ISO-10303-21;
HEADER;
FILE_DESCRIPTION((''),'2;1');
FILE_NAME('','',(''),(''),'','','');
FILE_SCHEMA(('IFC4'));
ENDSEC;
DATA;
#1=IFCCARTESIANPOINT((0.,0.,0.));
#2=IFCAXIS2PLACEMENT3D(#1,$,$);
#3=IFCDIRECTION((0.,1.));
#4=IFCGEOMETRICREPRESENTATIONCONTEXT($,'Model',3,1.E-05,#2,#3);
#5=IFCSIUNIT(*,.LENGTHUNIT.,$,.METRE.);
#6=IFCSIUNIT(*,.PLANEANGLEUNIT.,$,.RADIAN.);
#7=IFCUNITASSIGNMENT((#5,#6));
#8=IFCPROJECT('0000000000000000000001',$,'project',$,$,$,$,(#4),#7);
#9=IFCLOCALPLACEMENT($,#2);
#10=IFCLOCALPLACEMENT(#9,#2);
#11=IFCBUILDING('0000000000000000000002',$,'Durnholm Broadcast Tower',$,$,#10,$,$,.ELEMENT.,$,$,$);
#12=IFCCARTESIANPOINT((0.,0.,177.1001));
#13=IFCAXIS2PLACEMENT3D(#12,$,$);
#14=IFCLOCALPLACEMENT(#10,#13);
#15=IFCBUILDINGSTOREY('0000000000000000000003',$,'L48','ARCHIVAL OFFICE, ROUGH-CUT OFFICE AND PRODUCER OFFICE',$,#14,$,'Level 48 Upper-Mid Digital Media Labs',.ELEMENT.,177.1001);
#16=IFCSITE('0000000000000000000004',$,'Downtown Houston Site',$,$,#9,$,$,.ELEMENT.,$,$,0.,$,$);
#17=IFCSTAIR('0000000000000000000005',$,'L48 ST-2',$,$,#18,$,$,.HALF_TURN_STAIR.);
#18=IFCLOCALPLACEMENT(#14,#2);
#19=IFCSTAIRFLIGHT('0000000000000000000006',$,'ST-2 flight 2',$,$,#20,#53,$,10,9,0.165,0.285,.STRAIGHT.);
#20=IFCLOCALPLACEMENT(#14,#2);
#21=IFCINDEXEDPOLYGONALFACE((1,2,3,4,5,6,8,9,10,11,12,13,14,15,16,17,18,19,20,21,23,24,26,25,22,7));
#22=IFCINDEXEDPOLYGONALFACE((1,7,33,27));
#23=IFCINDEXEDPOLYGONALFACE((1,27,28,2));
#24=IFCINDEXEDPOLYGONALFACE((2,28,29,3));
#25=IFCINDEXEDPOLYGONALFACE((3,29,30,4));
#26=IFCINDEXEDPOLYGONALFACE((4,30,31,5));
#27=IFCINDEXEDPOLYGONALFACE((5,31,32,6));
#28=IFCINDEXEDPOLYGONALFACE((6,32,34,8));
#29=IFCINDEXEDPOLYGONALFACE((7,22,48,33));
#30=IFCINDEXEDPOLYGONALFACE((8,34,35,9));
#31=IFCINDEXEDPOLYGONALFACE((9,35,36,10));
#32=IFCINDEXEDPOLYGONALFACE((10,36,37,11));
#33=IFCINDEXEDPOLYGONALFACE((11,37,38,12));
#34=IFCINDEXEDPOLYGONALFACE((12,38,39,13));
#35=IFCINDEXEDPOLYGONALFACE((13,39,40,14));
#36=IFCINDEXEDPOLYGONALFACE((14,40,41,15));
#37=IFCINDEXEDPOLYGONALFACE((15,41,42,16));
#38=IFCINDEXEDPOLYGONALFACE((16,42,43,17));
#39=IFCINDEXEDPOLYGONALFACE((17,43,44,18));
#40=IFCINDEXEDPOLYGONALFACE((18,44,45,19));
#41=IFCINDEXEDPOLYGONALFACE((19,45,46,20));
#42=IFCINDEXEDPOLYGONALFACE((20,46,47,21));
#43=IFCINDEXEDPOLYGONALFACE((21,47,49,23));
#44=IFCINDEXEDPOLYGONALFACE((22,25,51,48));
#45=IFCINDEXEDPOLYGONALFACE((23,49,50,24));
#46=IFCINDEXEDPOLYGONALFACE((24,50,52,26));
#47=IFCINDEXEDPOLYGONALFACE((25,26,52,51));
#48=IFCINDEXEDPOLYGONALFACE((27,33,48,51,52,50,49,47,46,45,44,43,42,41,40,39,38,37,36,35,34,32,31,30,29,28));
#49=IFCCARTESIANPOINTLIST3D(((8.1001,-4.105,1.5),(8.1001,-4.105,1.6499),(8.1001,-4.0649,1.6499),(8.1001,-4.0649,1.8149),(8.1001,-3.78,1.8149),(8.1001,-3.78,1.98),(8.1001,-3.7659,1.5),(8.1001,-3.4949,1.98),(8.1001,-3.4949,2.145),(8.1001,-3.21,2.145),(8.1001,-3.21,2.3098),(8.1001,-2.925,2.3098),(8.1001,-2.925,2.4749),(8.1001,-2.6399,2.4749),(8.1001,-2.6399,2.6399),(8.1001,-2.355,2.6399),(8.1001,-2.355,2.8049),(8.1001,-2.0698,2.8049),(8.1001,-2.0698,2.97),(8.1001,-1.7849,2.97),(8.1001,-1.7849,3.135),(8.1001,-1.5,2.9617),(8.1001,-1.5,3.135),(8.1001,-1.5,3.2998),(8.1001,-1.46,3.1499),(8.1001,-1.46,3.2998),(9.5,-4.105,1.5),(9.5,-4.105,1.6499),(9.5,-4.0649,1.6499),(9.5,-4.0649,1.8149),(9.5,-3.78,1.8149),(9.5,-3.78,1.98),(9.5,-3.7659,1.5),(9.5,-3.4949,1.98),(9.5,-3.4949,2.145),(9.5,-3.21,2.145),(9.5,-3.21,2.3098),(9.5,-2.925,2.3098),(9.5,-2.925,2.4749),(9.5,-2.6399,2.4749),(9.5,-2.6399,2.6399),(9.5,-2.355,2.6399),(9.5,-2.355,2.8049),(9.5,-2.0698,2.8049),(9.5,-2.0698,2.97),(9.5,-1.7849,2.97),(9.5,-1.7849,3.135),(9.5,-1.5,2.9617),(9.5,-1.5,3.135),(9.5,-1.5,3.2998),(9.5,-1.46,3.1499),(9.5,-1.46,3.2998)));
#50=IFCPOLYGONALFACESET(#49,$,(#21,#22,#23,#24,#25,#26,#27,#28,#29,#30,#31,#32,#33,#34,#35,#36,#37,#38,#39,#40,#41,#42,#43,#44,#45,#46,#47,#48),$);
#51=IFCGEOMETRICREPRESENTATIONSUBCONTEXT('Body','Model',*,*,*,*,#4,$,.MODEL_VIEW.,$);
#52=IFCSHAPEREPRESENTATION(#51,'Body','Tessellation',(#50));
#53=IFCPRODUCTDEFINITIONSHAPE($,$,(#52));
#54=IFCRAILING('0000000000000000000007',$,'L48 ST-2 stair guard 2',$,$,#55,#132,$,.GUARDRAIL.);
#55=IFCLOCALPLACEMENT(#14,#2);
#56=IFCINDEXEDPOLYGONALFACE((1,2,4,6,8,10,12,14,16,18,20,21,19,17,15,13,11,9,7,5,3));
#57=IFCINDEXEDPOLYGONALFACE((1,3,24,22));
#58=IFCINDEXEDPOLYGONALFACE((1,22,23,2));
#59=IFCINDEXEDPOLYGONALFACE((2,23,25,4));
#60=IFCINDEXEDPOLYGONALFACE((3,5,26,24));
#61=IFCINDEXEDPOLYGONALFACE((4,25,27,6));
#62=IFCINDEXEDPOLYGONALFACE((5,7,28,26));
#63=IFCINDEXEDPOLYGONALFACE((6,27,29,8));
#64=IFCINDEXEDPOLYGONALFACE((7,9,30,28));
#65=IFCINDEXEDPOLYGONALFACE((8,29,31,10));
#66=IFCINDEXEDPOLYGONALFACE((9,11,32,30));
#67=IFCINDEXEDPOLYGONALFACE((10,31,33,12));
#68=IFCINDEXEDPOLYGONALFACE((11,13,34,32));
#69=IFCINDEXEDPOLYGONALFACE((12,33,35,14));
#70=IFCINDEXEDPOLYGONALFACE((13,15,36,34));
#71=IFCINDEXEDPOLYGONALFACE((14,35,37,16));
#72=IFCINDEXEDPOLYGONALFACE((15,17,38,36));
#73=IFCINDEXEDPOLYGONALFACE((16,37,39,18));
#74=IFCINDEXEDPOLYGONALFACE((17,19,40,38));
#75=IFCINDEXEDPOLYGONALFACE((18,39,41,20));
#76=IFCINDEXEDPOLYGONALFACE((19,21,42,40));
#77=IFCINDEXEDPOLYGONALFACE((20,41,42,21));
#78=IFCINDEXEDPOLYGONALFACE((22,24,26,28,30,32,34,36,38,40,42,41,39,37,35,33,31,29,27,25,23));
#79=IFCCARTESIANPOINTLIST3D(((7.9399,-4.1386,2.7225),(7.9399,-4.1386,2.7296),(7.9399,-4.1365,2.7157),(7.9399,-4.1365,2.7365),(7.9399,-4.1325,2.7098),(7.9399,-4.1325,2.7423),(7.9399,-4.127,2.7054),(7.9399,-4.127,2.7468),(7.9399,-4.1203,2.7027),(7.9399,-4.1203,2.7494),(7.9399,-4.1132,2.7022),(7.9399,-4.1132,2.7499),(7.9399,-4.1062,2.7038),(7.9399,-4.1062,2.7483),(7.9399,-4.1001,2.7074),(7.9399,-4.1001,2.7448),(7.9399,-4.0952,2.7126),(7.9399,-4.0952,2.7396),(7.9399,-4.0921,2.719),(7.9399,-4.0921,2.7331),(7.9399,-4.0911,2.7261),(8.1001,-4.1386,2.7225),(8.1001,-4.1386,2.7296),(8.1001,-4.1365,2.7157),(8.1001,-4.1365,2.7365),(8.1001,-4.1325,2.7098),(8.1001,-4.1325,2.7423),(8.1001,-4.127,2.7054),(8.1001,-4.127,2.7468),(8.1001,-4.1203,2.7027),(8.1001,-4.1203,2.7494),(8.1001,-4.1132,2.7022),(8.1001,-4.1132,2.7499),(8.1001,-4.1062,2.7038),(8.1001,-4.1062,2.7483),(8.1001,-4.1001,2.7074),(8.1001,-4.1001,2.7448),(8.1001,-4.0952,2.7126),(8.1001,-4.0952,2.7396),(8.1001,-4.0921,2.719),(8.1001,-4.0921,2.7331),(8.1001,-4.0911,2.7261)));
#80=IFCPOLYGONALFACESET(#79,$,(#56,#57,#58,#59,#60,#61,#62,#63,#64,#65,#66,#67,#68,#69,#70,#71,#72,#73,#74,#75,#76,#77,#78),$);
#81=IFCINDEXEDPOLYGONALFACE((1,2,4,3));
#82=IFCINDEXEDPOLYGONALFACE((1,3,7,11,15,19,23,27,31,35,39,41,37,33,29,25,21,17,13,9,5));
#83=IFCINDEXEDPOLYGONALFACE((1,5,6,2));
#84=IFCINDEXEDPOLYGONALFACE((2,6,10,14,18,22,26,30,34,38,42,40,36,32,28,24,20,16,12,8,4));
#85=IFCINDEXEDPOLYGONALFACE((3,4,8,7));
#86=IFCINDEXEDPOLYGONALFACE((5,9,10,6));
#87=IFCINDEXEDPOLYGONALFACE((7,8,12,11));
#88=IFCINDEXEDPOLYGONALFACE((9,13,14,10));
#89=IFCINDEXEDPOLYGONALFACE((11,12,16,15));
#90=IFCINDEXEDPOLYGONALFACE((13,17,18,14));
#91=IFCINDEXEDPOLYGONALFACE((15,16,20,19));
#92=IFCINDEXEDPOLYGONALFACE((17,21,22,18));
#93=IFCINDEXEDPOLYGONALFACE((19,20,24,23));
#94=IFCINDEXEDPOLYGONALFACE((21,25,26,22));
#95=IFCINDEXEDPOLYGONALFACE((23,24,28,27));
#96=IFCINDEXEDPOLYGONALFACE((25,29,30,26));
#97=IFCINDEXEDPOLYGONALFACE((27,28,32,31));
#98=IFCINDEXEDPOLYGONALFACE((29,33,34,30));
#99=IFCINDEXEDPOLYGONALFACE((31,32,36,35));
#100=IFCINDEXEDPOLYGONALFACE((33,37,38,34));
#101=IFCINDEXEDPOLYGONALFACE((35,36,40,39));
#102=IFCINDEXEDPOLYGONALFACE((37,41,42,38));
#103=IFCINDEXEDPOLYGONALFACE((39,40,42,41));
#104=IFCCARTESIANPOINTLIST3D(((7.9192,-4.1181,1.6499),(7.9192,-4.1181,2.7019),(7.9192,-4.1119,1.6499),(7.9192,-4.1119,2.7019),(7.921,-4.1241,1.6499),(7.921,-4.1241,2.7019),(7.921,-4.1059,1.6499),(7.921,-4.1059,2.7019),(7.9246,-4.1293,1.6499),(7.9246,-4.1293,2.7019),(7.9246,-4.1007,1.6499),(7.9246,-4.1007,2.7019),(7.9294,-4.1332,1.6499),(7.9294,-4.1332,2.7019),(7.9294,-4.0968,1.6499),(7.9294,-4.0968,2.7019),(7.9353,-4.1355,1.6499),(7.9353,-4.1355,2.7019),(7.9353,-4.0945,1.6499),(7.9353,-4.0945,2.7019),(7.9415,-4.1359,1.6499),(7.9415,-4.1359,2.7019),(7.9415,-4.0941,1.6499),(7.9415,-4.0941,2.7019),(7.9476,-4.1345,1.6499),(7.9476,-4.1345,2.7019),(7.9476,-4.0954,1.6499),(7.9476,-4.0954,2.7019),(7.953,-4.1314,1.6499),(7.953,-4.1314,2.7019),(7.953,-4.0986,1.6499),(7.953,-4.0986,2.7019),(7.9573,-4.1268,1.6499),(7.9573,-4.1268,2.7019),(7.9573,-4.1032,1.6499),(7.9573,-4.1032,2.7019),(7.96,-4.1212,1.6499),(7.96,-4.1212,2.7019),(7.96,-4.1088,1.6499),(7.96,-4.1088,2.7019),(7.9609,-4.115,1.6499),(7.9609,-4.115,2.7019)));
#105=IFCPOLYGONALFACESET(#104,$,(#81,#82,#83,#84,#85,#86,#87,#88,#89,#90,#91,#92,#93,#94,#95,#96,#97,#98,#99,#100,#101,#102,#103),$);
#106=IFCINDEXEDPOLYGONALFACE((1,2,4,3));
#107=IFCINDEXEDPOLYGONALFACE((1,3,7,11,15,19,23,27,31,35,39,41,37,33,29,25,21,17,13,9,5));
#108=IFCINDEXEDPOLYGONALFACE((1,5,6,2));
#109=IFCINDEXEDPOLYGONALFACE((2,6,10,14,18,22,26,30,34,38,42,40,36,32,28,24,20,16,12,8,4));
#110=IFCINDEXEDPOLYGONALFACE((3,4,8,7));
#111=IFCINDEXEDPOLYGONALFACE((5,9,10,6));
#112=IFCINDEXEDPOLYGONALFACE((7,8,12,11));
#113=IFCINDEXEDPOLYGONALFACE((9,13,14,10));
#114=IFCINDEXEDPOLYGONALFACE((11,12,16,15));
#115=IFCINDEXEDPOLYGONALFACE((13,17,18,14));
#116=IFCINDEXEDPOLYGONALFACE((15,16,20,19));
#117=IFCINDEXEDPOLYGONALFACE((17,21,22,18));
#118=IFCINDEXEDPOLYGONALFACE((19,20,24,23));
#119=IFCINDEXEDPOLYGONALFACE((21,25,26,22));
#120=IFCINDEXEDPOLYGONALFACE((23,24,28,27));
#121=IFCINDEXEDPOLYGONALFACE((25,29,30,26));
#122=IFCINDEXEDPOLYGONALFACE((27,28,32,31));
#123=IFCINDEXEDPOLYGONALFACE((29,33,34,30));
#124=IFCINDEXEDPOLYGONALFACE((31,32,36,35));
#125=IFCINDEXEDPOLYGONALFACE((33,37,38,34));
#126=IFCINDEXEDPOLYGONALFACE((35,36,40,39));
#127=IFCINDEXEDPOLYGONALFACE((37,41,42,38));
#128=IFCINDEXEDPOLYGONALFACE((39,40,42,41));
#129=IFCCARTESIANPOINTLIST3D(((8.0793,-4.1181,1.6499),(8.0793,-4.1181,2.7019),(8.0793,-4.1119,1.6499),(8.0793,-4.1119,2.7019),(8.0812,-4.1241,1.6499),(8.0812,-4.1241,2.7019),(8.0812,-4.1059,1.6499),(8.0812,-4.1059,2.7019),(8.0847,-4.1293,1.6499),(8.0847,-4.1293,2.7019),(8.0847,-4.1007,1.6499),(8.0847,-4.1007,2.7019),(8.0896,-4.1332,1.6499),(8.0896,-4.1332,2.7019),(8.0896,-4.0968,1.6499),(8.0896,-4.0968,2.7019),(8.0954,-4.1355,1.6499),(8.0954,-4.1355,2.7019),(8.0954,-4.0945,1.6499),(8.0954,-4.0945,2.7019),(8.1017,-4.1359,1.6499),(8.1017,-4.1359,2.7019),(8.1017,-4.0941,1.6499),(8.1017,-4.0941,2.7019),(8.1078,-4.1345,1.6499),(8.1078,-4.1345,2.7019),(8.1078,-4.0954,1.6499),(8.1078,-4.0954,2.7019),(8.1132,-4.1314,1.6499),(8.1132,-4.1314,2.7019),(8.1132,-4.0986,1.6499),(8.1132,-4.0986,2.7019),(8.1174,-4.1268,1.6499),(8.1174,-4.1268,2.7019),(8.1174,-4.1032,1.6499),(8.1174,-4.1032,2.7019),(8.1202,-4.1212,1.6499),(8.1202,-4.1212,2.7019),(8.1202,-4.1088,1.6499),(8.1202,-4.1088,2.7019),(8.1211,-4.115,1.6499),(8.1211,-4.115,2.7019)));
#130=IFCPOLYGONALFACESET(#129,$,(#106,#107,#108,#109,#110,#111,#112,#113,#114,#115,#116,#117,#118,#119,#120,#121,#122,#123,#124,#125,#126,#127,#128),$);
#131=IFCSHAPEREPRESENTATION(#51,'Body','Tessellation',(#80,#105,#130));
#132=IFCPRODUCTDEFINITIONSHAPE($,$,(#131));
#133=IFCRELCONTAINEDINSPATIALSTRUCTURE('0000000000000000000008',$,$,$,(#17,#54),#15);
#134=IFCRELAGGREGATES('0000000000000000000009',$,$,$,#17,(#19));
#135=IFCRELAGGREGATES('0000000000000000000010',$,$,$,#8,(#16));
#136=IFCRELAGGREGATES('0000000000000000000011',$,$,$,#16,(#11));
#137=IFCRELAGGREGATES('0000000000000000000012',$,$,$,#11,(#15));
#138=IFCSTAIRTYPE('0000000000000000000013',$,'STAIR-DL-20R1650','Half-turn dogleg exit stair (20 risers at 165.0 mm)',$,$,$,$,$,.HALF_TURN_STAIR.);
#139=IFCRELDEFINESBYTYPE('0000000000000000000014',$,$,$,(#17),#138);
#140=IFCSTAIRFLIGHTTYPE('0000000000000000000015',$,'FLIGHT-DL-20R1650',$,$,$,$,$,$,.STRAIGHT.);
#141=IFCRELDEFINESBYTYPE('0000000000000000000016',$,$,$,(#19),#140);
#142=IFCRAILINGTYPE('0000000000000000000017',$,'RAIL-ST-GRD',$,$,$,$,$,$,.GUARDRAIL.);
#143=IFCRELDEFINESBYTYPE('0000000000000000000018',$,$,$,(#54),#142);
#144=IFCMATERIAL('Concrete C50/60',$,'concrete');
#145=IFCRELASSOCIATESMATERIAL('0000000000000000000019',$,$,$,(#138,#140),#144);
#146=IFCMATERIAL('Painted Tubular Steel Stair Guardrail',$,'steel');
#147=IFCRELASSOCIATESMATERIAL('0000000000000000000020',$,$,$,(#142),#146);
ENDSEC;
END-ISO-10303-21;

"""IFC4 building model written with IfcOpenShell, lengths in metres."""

from ifc_helpers import new_model, si_unit, direction, frame, origin, origin_2d, place, context, subcontext, project, spatial, polyline, circle, outline, extrude, material, type_object, element, aggregate, save


model = new_model("IFC4")

# Units and contexts
model_context = context("Model", 3, precision=1e-05, world=origin(), true_north=direction((0.0, 1.0)))
body_context = subcontext(model_context, "Body", "Model", "MODEL_VIEW")
ifc_project = project(units=[si_unit("LENGTHUNIT", "METRE"), si_unit("PLANEANGLEUNIT", "RADIAN")], contexts=[model_context])

# Site, building, storey
site_placement = place(None, origin())
site = spatial("IfcSite", under=ifc_project, at=site_placement, Name="Downtown Houston Site", CompositionType="ELEMENT", RefElevation=0.0)
building_placement = place(site_placement, origin())
building = spatial("IfcBuilding", under=site, at=building_placement, Name="Durnholm Broadcast Tower", CompositionType="ELEMENT")
storey_placement = place(building_placement, frame((0.0, 0.0, 177.1001)))
storey = spatial("IfcBuildingStorey", under=building, at=storey_placement, Name="L48", Description="ARCHIVAL OFFICE, ROUGH-CUT OFFICE AND PRODUCER OFFICE", LongName="Level 48 Upper-Mid Digital Media Labs", CompositionType="ELEMENT", Elevation=177.1001)

# Shared definitions
ifc_material_1 = material(Name="Concrete C50/60", Category="concrete")

# Stair, stair flight
stair_type = type_object("IfcStairType", Name="STAIR-DL-20R1650", Description="Half-turn dogleg exit stair (20 risers at 165.0 mm)", PredefinedType="HALF_TURN_STAIR", material=ifc_material_1)
stair_placement = place(storey_placement, origin())
stair = element("IfcStair", 1, at=stair_placement, inside=storey, type_object=stair_type, Name="L48 ST-2", PredefinedType="HALF_TURN_STAIR")
stair_flight_type = type_object("IfcStairFlightType", Name="FLIGHT-DL-20R1650", PredefinedType="STRAIGHT", material=ifc_material_1)
stair_flight_placement = place(storey_placement, frame((8.8, -4.0649, 1.6499), z_axis=(0.0, 0.0, 1.0), x_axis=(0.0, 1.0, 0.0)))
stair_flight = element("IfcStairFlight", 2, at=stair_flight_placement, type_object=stair_flight_type, Name="ST-2 flight 2", NumberOfRisers=10, NumberOfTreads=9, PredefinedType="STRAIGHT", RiserHeight=0.165, TreadLength=0.285, context=body_context, shape_type="SweptSolid", body=[
    extrude(outline(polyline([(-0.04, -0.1499), (-0.04, 0.0), (0.0, 0.0), (0.0, 0.165), (0.2849, 0.165), (0.2849, 0.3301), (0.5701, 0.3301), (0.5701, 0.4951), (0.855, 0.4951), (0.855, 0.6599), (1.1399, 0.6599), (1.1399, 0.825), (1.425, 0.825), (1.425, 0.99), (1.71, 0.99), (1.71, 1.155), (1.9951, 1.155), (1.9951, 1.3201), (2.28, 1.3201), (2.28, 1.4851), (2.5649, 1.4851), (2.5649, 1.6499), (2.605, 1.6499), (2.605, 1.5), (2.5649, 1.3118), (0.2991, -0.1499), (-0.04, -0.1499)])), frame((0.0, 0.7, 0.0), z_axis=(0.0, -1.0, 0.0), x_axis=(1.0, 0.0, 0.0)), (0.0, 0.0, 1.0), 1.3999),
])
aggregate(stair, [stair_flight])

# Railing
ifc_material_2 = material(Name="Painted Tubular Steel Stair Guardrail", Category="steel")
railing_type_1 = type_object("IfcRailingType", Name="RAIL-ST-GRD", PredefinedType="GUARDRAIL", material=ifc_material_2)
railing_1_placement = place(storey_placement, frame((7.9399, -4.115, 1.6499)))
element("IfcRailing", 3, at=railing_1_placement, inside=storey, type_object=railing_type_1, Name="L48 ST-2 stair guard 2", PredefinedType="GUARDRAIL", context=body_context, shape_type="SweptSolid", body=[
    extrude(circle(Radius=0.0239, at=origin_2d()), frame((0.0, 0.0, 1.0762), z_axis=(1.0, 0.0, 0.0), x_axis=(0.0, 1.0, 0.0)), (0.0, 0.0, 1.0), 0.1602),
    extrude(circle(Radius=0.021, at=origin_2d()), origin(), (0.0, 0.0, 1.0), 1.052),
    extrude(circle(Radius=0.021, at=origin_2d()), frame((0.1602, 0.0, 0.0)), (0.0, 0.0, 1.0), 1.052),
])

save(model, "model.ifc")
